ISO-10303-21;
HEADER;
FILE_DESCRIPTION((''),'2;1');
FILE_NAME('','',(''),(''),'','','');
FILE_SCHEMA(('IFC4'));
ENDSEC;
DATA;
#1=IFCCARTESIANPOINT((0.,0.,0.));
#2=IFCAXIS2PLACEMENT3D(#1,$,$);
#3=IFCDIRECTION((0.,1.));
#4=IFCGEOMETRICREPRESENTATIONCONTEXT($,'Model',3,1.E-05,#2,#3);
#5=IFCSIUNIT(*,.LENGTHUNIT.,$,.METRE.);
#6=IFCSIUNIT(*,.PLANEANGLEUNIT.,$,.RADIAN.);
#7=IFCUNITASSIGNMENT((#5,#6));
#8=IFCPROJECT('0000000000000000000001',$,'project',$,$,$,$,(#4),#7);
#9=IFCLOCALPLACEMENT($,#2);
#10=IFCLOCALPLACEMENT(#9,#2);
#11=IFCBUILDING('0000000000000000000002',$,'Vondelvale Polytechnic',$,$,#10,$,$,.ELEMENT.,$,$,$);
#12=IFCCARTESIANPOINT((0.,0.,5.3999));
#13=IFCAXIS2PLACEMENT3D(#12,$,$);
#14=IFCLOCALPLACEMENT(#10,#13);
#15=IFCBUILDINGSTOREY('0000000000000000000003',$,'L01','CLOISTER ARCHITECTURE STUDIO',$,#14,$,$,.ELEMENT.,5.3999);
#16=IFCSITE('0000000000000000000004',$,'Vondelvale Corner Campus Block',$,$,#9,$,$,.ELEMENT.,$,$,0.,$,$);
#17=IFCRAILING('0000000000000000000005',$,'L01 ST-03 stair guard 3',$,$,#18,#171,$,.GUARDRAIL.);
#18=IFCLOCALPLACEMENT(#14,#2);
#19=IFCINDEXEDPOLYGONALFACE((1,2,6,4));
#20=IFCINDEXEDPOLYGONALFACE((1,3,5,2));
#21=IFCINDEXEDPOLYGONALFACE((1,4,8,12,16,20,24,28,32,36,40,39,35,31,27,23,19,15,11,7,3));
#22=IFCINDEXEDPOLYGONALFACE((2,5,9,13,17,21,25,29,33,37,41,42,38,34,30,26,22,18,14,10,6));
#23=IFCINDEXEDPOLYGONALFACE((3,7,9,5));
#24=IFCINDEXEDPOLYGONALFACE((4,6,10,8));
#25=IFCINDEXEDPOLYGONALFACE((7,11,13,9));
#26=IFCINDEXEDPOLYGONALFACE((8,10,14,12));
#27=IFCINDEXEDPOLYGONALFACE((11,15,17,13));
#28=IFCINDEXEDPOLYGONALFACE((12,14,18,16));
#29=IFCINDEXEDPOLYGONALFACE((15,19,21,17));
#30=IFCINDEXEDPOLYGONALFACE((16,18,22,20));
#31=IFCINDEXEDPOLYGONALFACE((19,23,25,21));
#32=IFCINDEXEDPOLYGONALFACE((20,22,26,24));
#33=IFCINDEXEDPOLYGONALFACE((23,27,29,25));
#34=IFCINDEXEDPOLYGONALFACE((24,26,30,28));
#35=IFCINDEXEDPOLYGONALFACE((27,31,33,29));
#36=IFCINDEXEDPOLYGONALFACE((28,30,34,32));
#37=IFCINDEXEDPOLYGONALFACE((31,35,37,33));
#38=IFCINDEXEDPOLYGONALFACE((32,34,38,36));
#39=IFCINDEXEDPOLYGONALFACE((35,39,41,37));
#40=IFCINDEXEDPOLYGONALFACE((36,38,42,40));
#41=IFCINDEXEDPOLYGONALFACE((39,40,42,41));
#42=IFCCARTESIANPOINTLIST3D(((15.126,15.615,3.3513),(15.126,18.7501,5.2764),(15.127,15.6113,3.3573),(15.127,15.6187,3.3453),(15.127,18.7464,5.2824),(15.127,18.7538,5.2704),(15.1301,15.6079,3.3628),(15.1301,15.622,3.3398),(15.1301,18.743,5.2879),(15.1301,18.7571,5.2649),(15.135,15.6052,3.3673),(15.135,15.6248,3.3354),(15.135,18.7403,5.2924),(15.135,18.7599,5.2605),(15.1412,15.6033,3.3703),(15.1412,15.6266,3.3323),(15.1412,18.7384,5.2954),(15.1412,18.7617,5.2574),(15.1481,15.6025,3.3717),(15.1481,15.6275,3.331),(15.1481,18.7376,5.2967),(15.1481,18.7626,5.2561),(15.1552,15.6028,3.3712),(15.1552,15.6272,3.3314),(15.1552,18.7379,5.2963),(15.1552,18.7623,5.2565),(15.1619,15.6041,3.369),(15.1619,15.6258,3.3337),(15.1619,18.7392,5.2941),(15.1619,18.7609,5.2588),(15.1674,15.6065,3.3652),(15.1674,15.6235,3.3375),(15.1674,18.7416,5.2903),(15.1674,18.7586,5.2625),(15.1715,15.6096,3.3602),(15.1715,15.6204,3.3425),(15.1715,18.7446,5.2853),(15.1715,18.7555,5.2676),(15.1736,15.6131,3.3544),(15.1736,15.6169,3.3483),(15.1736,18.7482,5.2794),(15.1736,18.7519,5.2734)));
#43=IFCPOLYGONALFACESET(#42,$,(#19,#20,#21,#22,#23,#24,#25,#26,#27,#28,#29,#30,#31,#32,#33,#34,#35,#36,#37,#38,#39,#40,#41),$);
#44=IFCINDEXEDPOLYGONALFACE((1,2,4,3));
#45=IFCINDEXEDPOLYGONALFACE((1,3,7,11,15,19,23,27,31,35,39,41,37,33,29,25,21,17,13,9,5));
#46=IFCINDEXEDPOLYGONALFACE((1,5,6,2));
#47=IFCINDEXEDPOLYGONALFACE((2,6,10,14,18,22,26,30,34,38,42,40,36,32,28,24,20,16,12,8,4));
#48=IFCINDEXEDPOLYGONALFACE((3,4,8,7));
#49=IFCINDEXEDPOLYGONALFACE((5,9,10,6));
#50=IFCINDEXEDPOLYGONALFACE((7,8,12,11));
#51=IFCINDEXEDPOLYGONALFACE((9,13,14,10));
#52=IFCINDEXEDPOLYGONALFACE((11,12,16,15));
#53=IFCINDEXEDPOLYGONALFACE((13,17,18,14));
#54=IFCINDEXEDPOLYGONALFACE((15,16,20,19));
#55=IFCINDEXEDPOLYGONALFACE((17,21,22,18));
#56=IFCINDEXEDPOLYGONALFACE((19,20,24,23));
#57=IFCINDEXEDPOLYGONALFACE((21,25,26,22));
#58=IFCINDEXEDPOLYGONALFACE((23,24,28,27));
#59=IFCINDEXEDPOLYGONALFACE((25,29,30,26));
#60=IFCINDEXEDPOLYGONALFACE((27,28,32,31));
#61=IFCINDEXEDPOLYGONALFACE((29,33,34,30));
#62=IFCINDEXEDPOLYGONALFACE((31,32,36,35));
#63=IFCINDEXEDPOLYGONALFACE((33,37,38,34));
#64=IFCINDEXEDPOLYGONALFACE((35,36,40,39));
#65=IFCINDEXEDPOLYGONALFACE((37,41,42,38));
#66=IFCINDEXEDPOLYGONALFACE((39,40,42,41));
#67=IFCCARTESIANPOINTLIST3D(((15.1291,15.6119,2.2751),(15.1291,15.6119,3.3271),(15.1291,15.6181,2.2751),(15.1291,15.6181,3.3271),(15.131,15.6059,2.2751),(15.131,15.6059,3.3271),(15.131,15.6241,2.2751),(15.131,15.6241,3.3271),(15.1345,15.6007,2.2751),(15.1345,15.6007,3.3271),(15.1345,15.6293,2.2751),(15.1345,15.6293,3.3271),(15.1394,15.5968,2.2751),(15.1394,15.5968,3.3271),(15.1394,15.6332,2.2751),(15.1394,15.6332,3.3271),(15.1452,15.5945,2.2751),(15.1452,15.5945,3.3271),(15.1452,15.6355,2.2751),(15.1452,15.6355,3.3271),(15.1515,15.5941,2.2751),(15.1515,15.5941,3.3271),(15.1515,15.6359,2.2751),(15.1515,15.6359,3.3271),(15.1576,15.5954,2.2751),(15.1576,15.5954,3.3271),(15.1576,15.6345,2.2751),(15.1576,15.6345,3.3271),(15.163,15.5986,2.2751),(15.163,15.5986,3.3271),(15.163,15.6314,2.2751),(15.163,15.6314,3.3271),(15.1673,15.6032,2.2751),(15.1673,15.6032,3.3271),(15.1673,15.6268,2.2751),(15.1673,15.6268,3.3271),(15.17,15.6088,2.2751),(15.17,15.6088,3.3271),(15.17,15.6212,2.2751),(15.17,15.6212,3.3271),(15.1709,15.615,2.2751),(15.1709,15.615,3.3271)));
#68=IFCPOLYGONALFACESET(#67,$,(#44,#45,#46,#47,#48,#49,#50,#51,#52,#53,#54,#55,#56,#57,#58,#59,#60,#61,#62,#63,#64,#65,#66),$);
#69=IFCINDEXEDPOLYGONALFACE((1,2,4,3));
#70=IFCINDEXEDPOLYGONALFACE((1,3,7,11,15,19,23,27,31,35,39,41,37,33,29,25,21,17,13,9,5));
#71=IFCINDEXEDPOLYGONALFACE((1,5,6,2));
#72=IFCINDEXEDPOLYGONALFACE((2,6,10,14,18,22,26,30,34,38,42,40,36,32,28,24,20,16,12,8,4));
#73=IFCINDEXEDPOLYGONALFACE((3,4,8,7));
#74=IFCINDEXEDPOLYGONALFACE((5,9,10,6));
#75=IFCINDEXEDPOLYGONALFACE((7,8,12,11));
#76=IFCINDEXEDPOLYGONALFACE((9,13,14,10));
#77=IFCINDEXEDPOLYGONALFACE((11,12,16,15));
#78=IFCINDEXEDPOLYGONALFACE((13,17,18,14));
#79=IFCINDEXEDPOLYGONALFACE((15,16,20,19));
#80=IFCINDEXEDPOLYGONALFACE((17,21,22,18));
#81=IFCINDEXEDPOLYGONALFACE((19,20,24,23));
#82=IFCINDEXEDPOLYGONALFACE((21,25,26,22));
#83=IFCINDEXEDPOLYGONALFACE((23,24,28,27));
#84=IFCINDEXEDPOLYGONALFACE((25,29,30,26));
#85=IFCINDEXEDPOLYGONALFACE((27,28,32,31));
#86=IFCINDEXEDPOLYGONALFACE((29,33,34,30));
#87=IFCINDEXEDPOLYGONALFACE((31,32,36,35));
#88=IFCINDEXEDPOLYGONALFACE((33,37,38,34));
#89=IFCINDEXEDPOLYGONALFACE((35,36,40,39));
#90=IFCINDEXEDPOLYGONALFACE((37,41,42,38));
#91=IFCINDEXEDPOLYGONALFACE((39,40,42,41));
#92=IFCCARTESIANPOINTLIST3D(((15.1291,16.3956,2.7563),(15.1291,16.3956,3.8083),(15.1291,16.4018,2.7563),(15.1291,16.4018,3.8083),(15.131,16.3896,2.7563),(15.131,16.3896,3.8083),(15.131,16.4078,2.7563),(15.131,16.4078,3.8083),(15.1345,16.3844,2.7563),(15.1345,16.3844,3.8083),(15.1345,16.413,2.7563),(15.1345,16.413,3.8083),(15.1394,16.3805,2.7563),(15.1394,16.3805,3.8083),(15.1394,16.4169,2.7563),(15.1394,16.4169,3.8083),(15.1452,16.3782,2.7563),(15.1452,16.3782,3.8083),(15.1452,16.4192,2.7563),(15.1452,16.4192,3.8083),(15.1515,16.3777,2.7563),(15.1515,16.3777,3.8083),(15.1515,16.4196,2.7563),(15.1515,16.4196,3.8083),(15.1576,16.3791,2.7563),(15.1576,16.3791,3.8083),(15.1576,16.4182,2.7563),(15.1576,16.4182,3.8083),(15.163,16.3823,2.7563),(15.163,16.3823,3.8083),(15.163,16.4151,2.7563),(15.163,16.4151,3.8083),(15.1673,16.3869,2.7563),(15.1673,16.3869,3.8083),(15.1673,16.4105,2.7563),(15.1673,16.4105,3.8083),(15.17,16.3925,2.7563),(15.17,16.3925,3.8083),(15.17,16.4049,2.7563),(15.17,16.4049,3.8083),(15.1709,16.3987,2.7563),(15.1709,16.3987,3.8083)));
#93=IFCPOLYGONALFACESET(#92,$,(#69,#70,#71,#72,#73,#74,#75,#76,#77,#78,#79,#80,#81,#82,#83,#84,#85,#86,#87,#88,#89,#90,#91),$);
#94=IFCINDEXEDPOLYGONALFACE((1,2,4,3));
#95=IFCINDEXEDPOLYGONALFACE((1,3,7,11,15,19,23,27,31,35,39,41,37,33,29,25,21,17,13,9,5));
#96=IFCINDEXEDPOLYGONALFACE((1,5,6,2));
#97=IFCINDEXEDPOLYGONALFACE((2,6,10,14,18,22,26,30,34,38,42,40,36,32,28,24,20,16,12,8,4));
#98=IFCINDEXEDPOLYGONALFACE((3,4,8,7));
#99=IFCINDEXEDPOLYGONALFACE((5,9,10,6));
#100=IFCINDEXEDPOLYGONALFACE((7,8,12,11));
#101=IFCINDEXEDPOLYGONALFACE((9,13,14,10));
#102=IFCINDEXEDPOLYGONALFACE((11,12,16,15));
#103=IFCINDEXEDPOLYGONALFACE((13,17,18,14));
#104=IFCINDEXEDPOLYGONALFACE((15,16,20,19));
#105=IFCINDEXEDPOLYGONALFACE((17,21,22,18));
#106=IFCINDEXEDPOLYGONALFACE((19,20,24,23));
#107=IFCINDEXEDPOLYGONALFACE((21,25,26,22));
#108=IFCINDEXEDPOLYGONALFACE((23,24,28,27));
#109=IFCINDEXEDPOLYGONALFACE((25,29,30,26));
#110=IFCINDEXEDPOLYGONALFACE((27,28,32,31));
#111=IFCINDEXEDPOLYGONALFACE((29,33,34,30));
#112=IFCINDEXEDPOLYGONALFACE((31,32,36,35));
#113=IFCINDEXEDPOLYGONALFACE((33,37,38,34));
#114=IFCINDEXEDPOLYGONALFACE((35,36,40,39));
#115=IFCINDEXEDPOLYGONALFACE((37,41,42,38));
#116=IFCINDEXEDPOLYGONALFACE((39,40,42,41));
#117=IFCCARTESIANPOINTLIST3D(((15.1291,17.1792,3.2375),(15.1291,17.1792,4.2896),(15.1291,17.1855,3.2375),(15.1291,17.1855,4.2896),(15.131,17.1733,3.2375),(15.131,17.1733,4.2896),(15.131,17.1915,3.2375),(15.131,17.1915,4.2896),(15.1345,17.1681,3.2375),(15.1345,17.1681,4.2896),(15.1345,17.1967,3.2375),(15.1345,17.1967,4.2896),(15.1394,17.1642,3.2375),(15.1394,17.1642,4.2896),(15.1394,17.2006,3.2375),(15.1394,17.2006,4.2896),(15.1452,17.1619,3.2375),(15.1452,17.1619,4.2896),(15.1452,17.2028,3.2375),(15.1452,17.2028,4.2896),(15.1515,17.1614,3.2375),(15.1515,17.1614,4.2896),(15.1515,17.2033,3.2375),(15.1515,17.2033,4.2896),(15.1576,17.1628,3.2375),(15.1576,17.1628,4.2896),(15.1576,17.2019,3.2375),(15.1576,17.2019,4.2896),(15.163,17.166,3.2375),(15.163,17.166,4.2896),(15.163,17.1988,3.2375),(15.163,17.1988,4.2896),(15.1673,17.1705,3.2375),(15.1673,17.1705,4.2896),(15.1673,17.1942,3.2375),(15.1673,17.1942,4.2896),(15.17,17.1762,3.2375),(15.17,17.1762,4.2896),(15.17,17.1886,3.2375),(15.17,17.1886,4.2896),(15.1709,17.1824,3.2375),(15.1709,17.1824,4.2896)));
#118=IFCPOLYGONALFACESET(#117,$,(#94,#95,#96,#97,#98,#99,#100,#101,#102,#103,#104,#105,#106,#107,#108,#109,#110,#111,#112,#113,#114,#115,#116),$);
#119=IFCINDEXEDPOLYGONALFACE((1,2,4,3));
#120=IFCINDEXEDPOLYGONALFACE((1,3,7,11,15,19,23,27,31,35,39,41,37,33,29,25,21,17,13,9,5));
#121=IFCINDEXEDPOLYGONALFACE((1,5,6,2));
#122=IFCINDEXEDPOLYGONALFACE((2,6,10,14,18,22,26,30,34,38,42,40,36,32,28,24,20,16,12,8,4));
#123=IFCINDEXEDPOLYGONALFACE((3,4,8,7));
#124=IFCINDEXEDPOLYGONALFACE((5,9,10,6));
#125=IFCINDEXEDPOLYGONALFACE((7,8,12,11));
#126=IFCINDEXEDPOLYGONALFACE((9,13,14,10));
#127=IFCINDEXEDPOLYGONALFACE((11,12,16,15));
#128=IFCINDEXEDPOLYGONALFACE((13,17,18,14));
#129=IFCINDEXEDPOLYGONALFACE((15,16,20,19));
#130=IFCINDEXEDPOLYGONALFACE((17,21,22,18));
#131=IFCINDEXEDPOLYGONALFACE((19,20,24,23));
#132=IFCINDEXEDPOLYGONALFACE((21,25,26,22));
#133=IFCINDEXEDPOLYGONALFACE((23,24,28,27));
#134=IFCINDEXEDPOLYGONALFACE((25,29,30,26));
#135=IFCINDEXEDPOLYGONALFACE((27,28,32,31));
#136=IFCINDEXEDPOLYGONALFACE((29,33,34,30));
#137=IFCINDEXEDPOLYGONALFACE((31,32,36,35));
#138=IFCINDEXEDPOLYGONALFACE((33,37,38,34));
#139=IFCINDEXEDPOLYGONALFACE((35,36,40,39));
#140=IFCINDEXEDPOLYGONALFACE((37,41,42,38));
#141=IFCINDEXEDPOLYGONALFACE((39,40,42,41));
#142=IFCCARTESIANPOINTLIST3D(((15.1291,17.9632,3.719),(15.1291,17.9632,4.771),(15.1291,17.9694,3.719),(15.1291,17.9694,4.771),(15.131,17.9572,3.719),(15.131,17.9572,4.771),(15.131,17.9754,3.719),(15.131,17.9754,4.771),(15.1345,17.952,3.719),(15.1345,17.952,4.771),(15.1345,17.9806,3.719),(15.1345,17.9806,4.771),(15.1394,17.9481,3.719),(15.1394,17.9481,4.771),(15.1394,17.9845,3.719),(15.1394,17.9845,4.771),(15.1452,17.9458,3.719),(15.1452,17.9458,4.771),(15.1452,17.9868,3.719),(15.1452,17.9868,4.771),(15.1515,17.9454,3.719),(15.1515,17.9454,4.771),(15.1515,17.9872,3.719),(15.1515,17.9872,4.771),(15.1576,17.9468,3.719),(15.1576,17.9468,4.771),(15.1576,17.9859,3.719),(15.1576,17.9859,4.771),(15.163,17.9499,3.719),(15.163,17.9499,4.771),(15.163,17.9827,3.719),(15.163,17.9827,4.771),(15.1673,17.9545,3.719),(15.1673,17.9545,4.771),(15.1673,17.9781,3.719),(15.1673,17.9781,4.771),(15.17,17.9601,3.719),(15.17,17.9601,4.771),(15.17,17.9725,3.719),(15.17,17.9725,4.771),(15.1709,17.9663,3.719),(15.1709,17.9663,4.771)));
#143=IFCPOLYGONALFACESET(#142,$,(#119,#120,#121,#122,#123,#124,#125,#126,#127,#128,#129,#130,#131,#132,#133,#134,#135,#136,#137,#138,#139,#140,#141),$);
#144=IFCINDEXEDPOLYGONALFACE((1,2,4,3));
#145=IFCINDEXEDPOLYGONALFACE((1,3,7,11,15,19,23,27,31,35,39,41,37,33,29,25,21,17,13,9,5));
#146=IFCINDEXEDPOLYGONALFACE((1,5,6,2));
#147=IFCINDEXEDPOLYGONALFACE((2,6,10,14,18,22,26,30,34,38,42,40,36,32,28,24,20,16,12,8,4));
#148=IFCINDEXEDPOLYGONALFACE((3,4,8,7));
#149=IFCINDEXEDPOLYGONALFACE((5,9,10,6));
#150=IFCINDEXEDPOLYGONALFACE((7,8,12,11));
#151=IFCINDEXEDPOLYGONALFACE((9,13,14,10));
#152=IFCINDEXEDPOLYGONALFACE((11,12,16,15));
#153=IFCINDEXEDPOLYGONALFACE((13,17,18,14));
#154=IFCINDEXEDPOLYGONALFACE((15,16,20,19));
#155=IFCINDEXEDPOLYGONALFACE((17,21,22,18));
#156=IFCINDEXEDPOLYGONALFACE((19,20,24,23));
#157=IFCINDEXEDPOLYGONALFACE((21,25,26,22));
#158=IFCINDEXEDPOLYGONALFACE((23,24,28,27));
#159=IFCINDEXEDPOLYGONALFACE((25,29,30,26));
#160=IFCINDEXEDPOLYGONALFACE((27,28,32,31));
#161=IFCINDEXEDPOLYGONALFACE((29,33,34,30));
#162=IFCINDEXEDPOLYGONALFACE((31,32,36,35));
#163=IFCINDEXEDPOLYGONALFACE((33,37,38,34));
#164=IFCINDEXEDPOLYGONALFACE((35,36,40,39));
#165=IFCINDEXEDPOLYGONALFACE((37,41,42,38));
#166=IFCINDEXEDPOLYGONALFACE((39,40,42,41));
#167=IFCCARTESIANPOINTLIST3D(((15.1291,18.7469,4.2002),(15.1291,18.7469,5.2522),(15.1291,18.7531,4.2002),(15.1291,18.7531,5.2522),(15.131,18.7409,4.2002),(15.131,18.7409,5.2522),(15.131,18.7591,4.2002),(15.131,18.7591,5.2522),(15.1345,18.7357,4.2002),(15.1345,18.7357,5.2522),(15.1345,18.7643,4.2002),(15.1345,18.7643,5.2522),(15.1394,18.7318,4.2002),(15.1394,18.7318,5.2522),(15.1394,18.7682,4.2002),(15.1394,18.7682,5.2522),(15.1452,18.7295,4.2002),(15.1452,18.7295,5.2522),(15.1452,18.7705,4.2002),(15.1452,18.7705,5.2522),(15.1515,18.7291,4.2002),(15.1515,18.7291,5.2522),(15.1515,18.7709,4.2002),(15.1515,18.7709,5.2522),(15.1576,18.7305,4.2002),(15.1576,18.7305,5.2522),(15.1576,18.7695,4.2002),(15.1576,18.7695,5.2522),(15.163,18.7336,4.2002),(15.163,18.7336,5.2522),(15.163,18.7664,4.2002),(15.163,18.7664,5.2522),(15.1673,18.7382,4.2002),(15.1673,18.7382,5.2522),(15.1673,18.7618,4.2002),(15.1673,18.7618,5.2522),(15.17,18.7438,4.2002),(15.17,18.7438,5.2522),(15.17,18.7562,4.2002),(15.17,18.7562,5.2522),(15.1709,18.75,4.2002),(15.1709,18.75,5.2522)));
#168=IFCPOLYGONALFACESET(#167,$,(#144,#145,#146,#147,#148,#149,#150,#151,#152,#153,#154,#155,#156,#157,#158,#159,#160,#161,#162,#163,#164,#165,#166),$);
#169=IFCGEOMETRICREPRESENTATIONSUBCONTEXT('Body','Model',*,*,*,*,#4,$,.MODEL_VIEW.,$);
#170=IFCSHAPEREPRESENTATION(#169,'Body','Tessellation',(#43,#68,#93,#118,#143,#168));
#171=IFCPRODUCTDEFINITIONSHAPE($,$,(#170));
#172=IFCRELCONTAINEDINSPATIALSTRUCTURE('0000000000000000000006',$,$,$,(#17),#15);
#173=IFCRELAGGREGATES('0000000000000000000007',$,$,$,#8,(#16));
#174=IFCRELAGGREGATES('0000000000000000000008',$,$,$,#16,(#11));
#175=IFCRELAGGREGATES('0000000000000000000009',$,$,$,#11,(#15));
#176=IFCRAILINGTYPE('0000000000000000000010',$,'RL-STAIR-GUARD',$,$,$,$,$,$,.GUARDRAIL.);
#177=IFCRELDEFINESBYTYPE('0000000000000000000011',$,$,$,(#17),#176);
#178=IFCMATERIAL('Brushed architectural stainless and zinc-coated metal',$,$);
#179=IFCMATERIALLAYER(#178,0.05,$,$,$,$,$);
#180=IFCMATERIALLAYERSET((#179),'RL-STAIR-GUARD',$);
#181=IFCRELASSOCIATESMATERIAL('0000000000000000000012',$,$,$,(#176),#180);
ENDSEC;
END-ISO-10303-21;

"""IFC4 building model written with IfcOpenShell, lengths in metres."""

from ifc_helpers import new_model, si_unit, direction, frame, origin, origin_2d, place, context, subcontext, project, spatial, circle, extrude, material, layer, layer_set, type_object, element, save


model = new_model("IFC4")

# Units and contexts
model_context = context("Model", 3, precision=1e-05, world=origin(), true_north=direction((0.0, 1.0)))
body_context = subcontext(model_context, "Body", "Model", "MODEL_VIEW")
ifc_project = project(units=[si_unit("LENGTHUNIT", "METRE"), si_unit("PLANEANGLEUNIT", "RADIAN")], contexts=[model_context])

# Site, building, storey
site_placement = place(None, origin())
site = spatial("IfcSite", under=ifc_project, at=site_placement, Name="Vondelvale Corner Campus Block", CompositionType="ELEMENT", RefElevation=0.0)
building_placement = place(site_placement, origin())
building = spatial("IfcBuilding", under=site, at=building_placement, Name="Vondelvale Polytechnic", CompositionType="ELEMENT")
storey_placement = place(building_placement, frame((0.0, 0.0, 5.3999)))
storey = spatial("IfcBuildingStorey", under=building, at=storey_placement, Name="L01", Description="CLOISTER ARCHITECTURE STUDIO", CompositionType="ELEMENT", Elevation=5.3999)

# Shared definitions
ifc_material_1 = material(Name="Brushed architectural stainless and zinc-coated metal")

# Railing
ifc_layer_1 = layer(ifc_material_1, 0.05)
ifc_layer_set_1 = layer_set([ifc_layer_1], Name="RL-STAIR-GUARD")
railing_type_1 = type_object("IfcRailingType", Name="RL-STAIR-GUARD", PredefinedType="GUARDRAIL", material=ifc_layer_set_1)
railing_1_placement = place(storey_placement, frame((15.1499, 15.615, 2.2751)))
element("IfcRailing", 1, at=railing_1_placement, inside=storey, type_object=railing_type_1, Name="L01 ST-03 stair guard 3", PredefinedType="GUARDRAIL", context=body_context, shape_type="SweptSolid", body=[
    extrude(circle(Radius=0.0239, at=origin_2d()), frame((0.0, 0.0, 1.0762), z_axis=(0.0, 0.852166, 0.523271), x_axis=(-1.0, 0.0, 0.0)), (0.0, 0.0, 1.0), 3.679),
    extrude(circle(Radius=0.021, at=origin_2d()), origin(), (0.0, 0.0, 1.0), 1.052),
    extrude(circle(Radius=0.021, at=origin_2d()), frame((0.0, 0.7837, 0.4812)), (0.0, 0.0, 1.0), 1.052),
    extrude(circle(Radius=0.021, at=origin_2d()), frame((0.0, 1.5674, 0.9624)), (0.0, 0.0, 1.0), 1.052),
    extrude(circle(Radius=0.021, at=origin_2d()), frame((0.0, 2.3513, 1.4438)), (0.0, 0.0, 1.0), 1.052),
    extrude(circle(Radius=0.021, at=origin_2d()), frame((0.0, 3.135, 1.925)), (0.0, 0.0, 1.0), 1.052),
])

save(model, "model.ifc")
